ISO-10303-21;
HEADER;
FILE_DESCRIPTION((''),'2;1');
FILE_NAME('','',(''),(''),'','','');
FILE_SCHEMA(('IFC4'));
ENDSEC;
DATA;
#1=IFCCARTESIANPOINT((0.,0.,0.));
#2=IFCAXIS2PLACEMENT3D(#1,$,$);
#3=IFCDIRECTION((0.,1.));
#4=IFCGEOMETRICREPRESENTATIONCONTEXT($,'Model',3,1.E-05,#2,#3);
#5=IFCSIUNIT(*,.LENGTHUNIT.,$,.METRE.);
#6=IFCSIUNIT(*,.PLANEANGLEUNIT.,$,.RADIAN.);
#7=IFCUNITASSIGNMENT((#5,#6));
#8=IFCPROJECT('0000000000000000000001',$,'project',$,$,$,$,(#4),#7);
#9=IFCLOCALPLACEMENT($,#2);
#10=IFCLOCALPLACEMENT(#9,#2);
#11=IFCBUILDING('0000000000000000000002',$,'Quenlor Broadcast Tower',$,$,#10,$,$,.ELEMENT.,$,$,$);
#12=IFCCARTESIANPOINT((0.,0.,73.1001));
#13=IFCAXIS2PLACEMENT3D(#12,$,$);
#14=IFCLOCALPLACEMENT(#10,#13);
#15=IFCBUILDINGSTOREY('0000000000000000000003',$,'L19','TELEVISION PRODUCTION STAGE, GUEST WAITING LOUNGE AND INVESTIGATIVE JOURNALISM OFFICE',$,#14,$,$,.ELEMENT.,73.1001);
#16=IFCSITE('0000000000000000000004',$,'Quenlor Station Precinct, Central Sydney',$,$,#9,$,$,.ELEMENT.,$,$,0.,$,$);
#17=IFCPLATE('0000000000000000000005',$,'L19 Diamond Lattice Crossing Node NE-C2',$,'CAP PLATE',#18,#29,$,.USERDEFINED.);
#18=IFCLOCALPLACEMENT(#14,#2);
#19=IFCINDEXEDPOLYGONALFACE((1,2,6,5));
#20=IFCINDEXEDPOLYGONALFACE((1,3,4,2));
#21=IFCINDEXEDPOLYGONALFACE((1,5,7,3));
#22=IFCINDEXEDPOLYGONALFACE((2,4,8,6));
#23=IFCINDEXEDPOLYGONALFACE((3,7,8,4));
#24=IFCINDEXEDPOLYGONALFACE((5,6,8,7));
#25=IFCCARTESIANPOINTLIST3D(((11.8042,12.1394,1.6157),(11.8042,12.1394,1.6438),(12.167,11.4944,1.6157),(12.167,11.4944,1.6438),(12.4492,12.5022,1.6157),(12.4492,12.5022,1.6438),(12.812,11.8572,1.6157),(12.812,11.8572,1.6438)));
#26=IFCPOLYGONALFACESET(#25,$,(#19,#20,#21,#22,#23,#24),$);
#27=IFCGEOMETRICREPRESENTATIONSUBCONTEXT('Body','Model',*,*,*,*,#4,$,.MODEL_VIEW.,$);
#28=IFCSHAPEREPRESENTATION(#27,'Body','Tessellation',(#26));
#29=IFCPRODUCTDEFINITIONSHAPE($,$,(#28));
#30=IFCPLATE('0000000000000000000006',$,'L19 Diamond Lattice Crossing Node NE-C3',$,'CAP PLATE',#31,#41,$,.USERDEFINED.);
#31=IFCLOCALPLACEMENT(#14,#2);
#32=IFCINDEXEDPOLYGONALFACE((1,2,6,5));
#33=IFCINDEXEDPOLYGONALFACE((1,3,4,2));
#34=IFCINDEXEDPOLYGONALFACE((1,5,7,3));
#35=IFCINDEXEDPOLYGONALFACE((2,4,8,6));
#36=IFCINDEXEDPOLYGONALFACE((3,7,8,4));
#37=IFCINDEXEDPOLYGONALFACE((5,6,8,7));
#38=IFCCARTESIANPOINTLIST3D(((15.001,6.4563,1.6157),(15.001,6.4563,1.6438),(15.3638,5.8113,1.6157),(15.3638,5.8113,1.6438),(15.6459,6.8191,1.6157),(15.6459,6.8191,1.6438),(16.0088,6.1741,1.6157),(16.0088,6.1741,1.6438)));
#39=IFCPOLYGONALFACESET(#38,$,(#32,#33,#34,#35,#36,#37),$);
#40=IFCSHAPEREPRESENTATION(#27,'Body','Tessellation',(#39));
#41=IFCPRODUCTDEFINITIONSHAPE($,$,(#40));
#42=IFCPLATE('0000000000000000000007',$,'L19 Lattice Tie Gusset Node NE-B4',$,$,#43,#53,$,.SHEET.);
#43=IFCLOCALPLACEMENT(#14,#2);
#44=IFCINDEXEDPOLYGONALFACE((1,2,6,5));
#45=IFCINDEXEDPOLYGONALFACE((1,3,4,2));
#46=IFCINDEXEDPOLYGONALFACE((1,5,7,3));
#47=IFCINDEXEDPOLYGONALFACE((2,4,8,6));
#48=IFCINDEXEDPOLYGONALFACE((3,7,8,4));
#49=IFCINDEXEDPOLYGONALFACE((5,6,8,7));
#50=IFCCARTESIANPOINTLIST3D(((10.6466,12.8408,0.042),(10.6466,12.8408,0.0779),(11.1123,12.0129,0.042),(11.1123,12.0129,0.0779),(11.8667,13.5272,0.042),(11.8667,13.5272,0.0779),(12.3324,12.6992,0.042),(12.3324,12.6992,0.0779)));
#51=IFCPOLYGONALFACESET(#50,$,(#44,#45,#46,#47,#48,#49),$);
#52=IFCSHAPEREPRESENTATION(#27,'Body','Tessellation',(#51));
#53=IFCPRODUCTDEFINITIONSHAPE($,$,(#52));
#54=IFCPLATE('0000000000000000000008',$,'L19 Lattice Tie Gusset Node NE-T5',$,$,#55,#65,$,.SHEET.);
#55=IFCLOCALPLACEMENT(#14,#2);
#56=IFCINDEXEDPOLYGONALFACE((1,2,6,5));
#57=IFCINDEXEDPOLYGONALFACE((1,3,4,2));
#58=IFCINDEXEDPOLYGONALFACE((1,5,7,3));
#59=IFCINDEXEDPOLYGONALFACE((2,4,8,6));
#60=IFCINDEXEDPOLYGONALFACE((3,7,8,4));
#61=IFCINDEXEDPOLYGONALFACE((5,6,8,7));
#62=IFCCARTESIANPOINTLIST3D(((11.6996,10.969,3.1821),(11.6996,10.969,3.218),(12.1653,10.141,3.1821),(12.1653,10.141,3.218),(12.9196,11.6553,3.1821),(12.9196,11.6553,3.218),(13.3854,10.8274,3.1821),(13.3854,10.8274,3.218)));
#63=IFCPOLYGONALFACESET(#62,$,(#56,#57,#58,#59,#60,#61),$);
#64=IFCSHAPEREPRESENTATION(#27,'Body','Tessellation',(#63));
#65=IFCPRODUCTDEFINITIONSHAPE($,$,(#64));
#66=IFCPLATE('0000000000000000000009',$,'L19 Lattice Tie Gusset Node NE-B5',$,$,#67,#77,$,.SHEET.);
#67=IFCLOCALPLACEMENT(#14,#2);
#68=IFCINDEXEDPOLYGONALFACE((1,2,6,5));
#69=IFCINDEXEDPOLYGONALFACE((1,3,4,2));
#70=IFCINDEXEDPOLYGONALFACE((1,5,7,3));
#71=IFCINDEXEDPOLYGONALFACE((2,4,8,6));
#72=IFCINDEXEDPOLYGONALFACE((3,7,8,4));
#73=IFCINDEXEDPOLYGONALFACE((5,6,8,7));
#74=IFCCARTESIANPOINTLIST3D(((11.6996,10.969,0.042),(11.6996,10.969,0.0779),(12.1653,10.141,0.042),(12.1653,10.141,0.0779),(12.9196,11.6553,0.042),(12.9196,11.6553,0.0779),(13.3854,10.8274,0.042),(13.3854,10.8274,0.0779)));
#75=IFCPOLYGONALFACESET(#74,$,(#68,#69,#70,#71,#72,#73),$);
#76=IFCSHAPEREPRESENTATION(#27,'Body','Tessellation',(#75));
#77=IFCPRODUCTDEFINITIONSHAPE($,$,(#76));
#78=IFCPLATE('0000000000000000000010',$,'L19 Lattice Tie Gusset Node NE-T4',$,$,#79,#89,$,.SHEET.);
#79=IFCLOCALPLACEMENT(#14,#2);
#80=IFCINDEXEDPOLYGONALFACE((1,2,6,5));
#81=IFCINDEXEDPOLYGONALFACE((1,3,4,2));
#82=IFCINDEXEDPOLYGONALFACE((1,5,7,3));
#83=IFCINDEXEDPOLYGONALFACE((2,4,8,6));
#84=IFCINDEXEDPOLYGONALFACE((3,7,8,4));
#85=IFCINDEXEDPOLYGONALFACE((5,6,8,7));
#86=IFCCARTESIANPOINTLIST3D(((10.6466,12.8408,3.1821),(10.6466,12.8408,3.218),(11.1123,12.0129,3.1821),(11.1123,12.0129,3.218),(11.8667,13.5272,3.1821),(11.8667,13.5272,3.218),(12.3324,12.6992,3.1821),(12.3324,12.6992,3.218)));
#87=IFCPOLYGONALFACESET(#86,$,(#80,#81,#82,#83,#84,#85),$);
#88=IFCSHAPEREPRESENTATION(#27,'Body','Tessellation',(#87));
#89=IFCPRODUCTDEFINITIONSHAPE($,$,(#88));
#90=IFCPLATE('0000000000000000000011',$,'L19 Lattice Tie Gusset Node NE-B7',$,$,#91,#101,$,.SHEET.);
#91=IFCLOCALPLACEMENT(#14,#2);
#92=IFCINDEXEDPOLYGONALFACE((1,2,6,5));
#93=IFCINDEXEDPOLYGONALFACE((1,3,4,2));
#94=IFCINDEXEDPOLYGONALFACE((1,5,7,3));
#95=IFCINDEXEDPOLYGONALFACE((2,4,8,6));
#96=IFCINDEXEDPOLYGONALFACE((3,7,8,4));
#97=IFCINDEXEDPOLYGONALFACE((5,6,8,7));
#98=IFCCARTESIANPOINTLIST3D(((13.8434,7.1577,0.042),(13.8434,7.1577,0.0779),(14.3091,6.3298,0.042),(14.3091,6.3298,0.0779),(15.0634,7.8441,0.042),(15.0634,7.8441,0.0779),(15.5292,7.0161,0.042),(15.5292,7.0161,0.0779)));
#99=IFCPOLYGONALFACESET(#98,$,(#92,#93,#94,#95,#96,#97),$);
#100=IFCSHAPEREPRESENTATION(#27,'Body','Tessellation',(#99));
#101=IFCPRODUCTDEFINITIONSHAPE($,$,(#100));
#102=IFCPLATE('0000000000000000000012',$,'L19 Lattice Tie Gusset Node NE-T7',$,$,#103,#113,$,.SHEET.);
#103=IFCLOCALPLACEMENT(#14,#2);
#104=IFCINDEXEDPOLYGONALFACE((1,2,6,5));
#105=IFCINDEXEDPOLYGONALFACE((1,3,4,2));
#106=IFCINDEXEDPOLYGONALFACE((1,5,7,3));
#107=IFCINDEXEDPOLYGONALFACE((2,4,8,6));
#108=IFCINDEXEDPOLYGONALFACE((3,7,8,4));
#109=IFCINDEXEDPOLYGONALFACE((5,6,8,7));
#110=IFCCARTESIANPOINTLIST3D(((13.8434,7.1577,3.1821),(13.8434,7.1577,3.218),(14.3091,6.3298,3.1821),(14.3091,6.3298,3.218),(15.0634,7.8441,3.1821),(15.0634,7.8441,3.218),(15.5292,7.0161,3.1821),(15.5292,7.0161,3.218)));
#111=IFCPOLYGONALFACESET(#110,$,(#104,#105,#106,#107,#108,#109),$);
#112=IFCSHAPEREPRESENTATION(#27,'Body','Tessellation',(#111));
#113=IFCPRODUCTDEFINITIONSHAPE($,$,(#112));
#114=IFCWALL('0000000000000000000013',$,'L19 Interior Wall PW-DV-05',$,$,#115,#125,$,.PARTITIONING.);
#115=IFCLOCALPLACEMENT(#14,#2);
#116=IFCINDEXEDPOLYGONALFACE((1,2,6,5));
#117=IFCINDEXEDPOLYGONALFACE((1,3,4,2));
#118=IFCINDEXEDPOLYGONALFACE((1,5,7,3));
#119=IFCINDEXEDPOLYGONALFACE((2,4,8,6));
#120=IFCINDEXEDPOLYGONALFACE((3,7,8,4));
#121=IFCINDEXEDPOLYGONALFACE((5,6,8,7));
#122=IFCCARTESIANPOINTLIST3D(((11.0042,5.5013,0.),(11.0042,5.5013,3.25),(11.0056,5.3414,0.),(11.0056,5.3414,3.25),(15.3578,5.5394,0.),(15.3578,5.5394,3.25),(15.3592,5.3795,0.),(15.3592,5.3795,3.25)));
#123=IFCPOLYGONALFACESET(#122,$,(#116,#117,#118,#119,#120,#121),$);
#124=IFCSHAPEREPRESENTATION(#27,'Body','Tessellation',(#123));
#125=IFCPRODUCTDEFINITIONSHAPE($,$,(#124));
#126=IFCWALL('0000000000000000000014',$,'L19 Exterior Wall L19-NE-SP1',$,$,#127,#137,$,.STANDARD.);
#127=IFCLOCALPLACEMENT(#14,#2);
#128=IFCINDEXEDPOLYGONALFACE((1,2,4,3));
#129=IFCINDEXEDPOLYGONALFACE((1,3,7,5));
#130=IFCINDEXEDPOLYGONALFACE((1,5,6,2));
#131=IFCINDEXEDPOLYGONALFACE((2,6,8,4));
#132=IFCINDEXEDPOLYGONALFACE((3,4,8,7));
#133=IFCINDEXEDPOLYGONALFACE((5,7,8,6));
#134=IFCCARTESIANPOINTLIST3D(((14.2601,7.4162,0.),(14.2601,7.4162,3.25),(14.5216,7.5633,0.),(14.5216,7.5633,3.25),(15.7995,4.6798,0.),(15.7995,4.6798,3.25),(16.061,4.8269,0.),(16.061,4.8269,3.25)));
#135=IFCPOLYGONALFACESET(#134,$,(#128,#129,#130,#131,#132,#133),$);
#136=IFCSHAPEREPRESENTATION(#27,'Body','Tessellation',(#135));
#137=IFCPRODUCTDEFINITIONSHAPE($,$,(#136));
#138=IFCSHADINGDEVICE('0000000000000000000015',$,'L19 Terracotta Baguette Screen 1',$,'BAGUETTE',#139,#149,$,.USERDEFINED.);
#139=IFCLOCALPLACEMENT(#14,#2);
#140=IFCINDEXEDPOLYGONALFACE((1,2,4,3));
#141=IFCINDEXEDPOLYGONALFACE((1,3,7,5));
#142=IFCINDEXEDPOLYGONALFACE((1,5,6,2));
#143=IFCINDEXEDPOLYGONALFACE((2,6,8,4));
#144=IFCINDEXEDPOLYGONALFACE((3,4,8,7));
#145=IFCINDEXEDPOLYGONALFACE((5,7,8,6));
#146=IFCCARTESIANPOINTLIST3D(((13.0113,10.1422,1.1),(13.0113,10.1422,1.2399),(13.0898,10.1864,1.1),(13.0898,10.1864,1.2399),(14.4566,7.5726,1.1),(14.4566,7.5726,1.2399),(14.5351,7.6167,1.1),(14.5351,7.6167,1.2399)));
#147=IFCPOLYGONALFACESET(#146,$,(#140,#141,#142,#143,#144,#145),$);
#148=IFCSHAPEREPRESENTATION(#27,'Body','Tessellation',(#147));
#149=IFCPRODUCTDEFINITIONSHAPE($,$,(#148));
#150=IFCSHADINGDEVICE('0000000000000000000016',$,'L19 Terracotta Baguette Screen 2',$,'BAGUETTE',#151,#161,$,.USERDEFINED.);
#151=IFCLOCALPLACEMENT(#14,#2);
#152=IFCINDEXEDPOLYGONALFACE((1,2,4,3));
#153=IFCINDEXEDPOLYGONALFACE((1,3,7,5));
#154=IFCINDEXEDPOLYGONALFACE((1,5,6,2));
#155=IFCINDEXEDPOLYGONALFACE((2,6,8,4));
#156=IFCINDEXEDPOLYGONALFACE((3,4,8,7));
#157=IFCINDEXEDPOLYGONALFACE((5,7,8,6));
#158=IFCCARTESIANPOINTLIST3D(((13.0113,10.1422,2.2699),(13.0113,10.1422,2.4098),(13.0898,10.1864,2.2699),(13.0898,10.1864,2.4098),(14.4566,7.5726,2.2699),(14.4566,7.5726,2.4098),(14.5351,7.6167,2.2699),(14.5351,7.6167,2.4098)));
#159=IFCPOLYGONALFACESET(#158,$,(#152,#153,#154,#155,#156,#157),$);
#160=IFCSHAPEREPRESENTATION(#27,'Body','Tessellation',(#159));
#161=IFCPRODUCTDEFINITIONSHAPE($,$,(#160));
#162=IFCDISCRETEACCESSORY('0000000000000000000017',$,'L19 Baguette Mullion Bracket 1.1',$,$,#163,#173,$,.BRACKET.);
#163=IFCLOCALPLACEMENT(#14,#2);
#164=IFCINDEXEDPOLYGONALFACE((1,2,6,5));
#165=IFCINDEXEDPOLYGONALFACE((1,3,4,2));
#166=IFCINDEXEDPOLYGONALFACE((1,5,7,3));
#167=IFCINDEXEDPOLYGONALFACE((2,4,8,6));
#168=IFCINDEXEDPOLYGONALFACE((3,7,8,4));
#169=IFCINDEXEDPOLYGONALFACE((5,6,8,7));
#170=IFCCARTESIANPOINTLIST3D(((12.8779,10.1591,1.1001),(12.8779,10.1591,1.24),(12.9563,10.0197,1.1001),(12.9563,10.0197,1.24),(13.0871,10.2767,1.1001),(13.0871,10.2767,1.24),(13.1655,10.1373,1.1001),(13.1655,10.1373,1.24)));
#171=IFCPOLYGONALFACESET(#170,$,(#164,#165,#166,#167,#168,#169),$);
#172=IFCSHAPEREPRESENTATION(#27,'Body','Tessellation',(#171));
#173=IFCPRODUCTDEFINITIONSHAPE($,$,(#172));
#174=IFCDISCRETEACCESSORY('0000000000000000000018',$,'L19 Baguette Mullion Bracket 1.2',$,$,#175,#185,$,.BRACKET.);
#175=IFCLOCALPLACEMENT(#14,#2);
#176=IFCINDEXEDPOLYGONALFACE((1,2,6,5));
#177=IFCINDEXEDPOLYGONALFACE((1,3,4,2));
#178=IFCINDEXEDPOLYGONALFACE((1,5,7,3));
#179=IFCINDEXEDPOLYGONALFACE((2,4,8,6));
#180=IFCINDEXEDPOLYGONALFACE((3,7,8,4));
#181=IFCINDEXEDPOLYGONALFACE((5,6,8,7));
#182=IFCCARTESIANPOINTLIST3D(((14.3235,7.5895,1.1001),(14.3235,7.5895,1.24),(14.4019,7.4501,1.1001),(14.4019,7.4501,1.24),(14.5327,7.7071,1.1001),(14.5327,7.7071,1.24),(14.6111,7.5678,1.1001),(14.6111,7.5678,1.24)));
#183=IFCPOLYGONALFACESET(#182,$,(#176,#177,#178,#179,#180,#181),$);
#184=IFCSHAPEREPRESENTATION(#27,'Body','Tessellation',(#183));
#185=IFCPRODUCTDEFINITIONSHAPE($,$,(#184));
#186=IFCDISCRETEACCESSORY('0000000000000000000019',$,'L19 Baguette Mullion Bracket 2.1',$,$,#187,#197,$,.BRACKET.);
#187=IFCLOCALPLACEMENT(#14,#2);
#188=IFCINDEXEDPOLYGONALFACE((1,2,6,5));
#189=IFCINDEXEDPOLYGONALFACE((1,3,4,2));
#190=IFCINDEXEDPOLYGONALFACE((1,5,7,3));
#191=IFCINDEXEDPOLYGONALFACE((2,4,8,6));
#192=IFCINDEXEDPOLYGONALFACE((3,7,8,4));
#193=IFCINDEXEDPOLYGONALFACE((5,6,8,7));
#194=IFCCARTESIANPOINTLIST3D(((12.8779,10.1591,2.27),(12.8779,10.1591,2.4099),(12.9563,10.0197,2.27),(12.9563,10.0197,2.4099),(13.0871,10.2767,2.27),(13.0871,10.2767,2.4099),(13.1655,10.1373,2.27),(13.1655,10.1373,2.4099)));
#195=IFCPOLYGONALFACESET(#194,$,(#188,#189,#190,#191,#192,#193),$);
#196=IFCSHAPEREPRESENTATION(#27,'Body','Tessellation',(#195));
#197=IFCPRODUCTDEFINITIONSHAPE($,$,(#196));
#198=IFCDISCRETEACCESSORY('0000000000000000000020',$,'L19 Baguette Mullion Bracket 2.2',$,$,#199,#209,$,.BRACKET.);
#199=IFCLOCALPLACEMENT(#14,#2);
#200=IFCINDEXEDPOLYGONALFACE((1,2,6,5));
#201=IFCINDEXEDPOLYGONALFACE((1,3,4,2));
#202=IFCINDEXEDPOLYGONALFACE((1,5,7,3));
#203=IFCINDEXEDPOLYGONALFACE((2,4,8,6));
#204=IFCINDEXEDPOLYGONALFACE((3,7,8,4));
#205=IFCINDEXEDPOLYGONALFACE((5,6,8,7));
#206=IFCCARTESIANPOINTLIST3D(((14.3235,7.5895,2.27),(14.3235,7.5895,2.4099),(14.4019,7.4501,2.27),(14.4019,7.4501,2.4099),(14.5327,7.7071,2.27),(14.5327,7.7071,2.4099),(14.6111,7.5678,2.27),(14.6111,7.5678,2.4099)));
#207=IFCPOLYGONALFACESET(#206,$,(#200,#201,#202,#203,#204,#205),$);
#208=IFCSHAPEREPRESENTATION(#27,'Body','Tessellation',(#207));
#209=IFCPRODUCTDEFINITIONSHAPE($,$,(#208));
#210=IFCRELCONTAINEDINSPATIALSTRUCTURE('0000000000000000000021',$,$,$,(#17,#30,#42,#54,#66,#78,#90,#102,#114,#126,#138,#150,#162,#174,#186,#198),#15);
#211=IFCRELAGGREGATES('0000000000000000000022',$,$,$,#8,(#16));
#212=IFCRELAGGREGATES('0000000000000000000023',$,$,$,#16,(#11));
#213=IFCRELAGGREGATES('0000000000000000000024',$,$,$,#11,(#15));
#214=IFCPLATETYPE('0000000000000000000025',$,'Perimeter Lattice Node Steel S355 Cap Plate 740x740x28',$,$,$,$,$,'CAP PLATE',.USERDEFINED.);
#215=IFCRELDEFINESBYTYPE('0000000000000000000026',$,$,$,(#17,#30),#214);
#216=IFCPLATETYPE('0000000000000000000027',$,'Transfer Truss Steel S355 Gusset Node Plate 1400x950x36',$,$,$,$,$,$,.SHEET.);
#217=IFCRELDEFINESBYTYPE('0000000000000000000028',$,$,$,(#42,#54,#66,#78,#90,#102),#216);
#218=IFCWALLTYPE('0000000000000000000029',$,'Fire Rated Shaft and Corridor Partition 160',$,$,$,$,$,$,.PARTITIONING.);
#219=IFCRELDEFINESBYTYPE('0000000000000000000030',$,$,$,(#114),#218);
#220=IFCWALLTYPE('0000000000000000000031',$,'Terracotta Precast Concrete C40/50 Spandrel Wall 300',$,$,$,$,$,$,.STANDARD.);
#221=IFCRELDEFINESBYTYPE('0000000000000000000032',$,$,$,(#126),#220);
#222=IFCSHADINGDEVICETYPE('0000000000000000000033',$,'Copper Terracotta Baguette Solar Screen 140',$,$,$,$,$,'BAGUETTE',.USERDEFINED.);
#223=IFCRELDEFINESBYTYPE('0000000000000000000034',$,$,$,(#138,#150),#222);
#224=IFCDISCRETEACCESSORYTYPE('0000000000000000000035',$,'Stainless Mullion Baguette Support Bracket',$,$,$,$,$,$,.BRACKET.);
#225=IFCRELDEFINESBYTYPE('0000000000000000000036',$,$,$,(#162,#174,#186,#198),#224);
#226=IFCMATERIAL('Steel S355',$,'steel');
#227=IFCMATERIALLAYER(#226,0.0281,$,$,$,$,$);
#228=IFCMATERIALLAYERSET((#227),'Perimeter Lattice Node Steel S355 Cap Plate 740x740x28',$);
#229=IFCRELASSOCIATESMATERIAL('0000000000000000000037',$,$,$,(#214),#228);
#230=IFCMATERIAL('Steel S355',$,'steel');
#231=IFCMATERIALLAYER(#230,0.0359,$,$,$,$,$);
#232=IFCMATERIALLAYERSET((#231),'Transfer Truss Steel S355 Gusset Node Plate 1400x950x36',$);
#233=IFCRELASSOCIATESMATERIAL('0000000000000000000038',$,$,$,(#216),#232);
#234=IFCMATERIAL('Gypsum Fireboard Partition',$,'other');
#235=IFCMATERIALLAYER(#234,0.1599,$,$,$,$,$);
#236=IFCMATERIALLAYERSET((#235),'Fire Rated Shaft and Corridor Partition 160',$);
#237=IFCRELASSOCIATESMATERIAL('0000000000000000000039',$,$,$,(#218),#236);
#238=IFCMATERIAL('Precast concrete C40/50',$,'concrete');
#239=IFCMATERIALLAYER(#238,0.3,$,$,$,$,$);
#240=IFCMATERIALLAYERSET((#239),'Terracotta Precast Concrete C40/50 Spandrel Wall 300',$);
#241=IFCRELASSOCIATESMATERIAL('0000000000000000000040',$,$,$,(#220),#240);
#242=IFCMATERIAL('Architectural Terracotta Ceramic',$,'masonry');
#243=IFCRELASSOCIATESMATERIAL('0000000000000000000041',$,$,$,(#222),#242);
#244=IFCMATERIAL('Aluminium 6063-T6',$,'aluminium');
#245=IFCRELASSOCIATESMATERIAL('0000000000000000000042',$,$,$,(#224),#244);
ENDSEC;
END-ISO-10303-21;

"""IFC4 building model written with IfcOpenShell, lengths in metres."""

from ifc_helpers import new_model, si_unit, direction, frame, frame_2d, origin, origin_2d, place, context, subcontext, project, spatial, rectangle, extrude, material, layer, layer_set, material_profile, profile_set, type_object, element, save


model = new_model("IFC4")

# Units and contexts
model_context = context("Model", 3, precision=1e-05, world=origin(), true_north=direction((0.0, 1.0)))
body_context = subcontext(model_context, "Body", "Model", "MODEL_VIEW")
ifc_project = project(units=[si_unit("LENGTHUNIT", "METRE"), si_unit("PLANEANGLEUNIT", "RADIAN")], contexts=[model_context])

# Site, building, storey
site_placement = place(None, origin())
site = spatial("IfcSite", under=ifc_project, at=site_placement, Name="Quenlor Station Precinct, Central Sydney", CompositionType="ELEMENT", RefElevation=0.0)
building_placement = place(site_placement, origin())
building = spatial("IfcBuilding", under=site, at=building_placement, Name="Quenlor Broadcast Tower", CompositionType="ELEMENT")
storey_placement = place(building_placement, frame((0.0, 0.0, 73.1001)))
storey = spatial("IfcBuildingStorey", under=building, at=storey_placement, Name="L19", Description="TELEVISION PRODUCTION STAGE, GUEST WAITING LOUNGE AND INVESTIGATIVE JOURNALISM OFFICE", CompositionType="ELEMENT", Elevation=73.1001)

# Plates
ifc_material_1 = material(Name="Steel S355", Category="steel")
ifc_layer_1 = layer(ifc_material_1, 0.0281)
ifc_layer_set_1 = layer_set([ifc_layer_1], Name="Perimeter Lattice Node Steel S355 Cap Plate 740x740x28")
plate_type_1 = type_object("IfcPlateType", Name="Perimeter Lattice Node Steel S355 Cap Plate 740x740x28", ElementType="CAP PLATE", PredefinedType="USERDEFINED", material=ifc_layer_set_1)
for number, where, z_axis, x_axis, name in (
    (1, (12.3081, 11.9983, 1.6157), (0.0, 0.0, 1.0), (0.490295, -0.871556, 0.0), "L19 Diamond Lattice Crossing Node NE-C2"),
    (2, (15.5049, 6.3152, 1.6157), (0.0, 0.0, 1.0), (0.490295, -0.871556, 0.0), "L19 Diamond Lattice Crossing Node NE-C3"),
):
    element("IfcPlate", number, at=place(storey_placement, frame(where, z_axis=z_axis, x_axis=x_axis)), inside=storey, type_object=plate_type_1, Name=name, ObjectType="CAP PLATE", PredefinedType="USERDEFINED", context=body_context, shape_type="SweptSolid", body=[
        extrude(rectangle(XDim=0.74, YDim=0.74, at=origin_2d()), origin(), (0.0, 0.0, 1.0), 0.0281),
    ])
ifc_material_2 = material(Name="Steel S355", Category="steel")
ifc_layer_2 = layer(ifc_material_2, 0.0359)
ifc_layer_set_2 = layer_set([ifc_layer_2], Name="Transfer Truss Steel S355 Gusset Node Plate 1400x950x36")
plate_type_2 = type_object("IfcPlateType", Name="Transfer Truss Steel S355 Gusset Node Plate 1400x950x36", PredefinedType="SHEET", material=ifc_layer_set_2)
for number, where, z_axis, x_axis, name in (
    (3, (11.4895, 12.77, 0.042), (0.0, 0.0, 1.0), (0.871556, 0.490295, 0.0), "L19 Lattice Tie Gusset Node NE-B4"),
    (4, (12.5425, 10.8982, 3.1821), (0.0, 0.0, 1.0), (0.871556, 0.490295, 0.0), "L19 Lattice Tie Gusset Node NE-T5"),
    (5, (12.5425, 10.8982, 0.042), (0.0, 0.0, 1.0), (0.871556, 0.490295, 0.0), "L19 Lattice Tie Gusset Node NE-B5"),
    (6, (11.4895, 12.77, 3.1821), (0.0, 0.0, 1.0), (0.871556, 0.490295, 0.0), "L19 Lattice Tie Gusset Node NE-T4"),
    (7, (14.6863, 7.0869, 0.042), (0.0, 0.0, 1.0), (0.871556, 0.490295, 0.0), "L19 Lattice Tie Gusset Node NE-B7"),
    (8, (14.6863, 7.0869, 3.1821), (0.0, 0.0, 1.0), (0.871556, 0.490295, 0.0), "L19 Lattice Tie Gusset Node NE-T7"),
):
    element("IfcPlate", number, at=place(storey_placement, frame(where, z_axis=z_axis, x_axis=x_axis)), inside=storey, type_object=plate_type_2, Name=name, PredefinedType="SHEET", context=body_context, shape_type="SweptSolid", body=[
        extrude(rectangle(XDim=1.3999, YDim=0.95, at=origin_2d()), origin(), (0.0, 0.0, 1.0), 0.0359),
    ])

# Wall
ifc_material_3 = material(Name="Gypsum Fireboard Partition", Category="other")
ifc_layer_3 = layer(ifc_material_3, 0.1599)
ifc_layer_set_3 = layer_set([ifc_layer_3], Name="Fire Rated Shaft and Corridor Partition 160")
wall_type_1 = type_object("IfcWallType", Name="Fire Rated Shaft and Corridor Partition 160", PredefinedType="PARTITIONING", material=ifc_layer_set_3)
wall_1_placement = place(storey_placement, frame((15.3584, 5.4595, 0.0), z_axis=(0.0, 0.0, 1.0), x_axis=(-0.999962, -0.008748, 0.0)))
element("IfcWall", 9, at=wall_1_placement, inside=storey, type_object=wall_type_1, Name="L19 Interior Wall PW-DV-05", PredefinedType="PARTITIONING", context=body_context, shape_type="SweptSolid", body=[
    extrude(rectangle(XDim=4.3538, YDim=0.1599, at=frame_2d((2.1768, 0.0))), origin(), (0.0, 0.0, 1.0), 3.25),
])

# Wall
ifc_material_4 = material(Name="Precast concrete C40/50", Category="concrete")
ifc_layer_4 = layer(ifc_material_4, 0.3)
ifc_layer_set_4 = layer_set([ifc_layer_4], Name="Terracotta Precast Concrete C40/50 Spandrel Wall 300")
wall_type_2 = type_object("IfcWallType", Name="Terracotta Precast Concrete C40/50 Spandrel Wall 300", PredefinedType="STANDARD", material=ifc_layer_set_4)
wall_2_placement = place(storey_placement, frame((14.3909, 7.4897, 0.0), z_axis=(0.0, 0.0, 1.0), x_axis=(0.490291, -0.871559, 0.0)))
element("IfcWall", 10, at=wall_2_placement, inside=storey, type_object=wall_type_2, Name="L19 Exterior Wall L19-NE-SP1", PredefinedType="STANDARD", context=body_context, shape_type="SweptSolid", body=[
    extrude(rectangle(XDim=3.1396, YDim=0.3, at=frame_2d((1.5698, 0.0))), origin(), (0.0, 0.0, 1.0), 3.25),
])

# Shading devices
ifc_material_5 = material(Name="Architectural Terracotta Ceramic", Category="masonry")
ifc_material_profile_1 = material_profile(ifc_material_5, rectangle(XDim=0.0901, YDim=0.1399, at=origin_2d()))
ifc_profile_set_1 = profile_set([ifc_material_profile_1], Name="Architectural Terracotta Ceramic BAG90x140")
shading_device_type = type_object("IfcShadingDeviceType", Name="Copper Terracotta Baguette Solar Screen 140", ElementType="BAGUETTE", PredefinedType="USERDEFINED", material=ifc_profile_set_1)
for number, where, z_axis, x_axis, name in (
    (11, (13.0505, 10.1643, 1.1699), (0.490242, -0.871587, 0.0), (0.871587, 0.490242, 0.0), "L19 Terracotta Baguette Screen 1"),
    (12, (13.0505, 10.1643, 2.3398), (0.490242, -0.871587, 0.0), (0.871587, 0.490242, 0.0), "L19 Terracotta Baguette Screen 2"),
):
    element("IfcShadingDevice", number, at=place(storey_placement, frame(where, z_axis=z_axis, x_axis=x_axis)), inside=storey, type_object=shading_device_type, Name=name, ObjectType="BAGUETTE", PredefinedType="USERDEFINED", context=body_context, shape_type="SweptSolid", body=[
        extrude(rectangle(XDim=0.0901, YDim=0.1399, at=origin_2d()), origin(), (0.0, 0.0, 1.0), 2.9482),
    ])

# Discrete accessories
ifc_material_6 = material(Name="Aluminium 6063-T6", Category="aluminium")
discrete_accessory_type = type_object("IfcDiscreteAccessoryType", Name="Stainless Mullion Baguette Support Bracket", PredefinedType="BRACKET", material=ifc_material_6)
for number, where, z_axis, x_axis, name in (
    (13, (13.0217, 10.1482, 1.1001), (0.0, 0.0, 1.0), (0.490274, -0.871568, 0.0), "L19 Baguette Mullion Bracket 1.1"),
    (14, (14.4673, 7.5786, 1.1001), (0.0, 0.0, 1.0), (0.490274, -0.871568, 0.0), "L19 Baguette Mullion Bracket 1.2"),
    (15, (13.0217, 10.1482, 2.27), (0.0, 0.0, 1.0), (0.490274, -0.871568, 0.0), "L19 Baguette Mullion Bracket 2.1"),
    (16, (14.4673, 7.5786, 2.27), (0.0, 0.0, 1.0), (0.490274, -0.871568, 0.0), "L19 Baguette Mullion Bracket 2.2"),
):
    element("IfcDiscreteAccessory", number, at=place(storey_placement, frame(where, z_axis=z_axis, x_axis=x_axis)), inside=storey, type_object=discrete_accessory_type, Name=name, PredefinedType="BRACKET", context=body_context, shape_type="SweptSolid", body=[
        extrude(rectangle(XDim=0.1599, YDim=0.24, at=origin_2d()), origin(), (0.0, 0.0, 1.0), 0.1399),
    ])

save(model, "model.ifc")
